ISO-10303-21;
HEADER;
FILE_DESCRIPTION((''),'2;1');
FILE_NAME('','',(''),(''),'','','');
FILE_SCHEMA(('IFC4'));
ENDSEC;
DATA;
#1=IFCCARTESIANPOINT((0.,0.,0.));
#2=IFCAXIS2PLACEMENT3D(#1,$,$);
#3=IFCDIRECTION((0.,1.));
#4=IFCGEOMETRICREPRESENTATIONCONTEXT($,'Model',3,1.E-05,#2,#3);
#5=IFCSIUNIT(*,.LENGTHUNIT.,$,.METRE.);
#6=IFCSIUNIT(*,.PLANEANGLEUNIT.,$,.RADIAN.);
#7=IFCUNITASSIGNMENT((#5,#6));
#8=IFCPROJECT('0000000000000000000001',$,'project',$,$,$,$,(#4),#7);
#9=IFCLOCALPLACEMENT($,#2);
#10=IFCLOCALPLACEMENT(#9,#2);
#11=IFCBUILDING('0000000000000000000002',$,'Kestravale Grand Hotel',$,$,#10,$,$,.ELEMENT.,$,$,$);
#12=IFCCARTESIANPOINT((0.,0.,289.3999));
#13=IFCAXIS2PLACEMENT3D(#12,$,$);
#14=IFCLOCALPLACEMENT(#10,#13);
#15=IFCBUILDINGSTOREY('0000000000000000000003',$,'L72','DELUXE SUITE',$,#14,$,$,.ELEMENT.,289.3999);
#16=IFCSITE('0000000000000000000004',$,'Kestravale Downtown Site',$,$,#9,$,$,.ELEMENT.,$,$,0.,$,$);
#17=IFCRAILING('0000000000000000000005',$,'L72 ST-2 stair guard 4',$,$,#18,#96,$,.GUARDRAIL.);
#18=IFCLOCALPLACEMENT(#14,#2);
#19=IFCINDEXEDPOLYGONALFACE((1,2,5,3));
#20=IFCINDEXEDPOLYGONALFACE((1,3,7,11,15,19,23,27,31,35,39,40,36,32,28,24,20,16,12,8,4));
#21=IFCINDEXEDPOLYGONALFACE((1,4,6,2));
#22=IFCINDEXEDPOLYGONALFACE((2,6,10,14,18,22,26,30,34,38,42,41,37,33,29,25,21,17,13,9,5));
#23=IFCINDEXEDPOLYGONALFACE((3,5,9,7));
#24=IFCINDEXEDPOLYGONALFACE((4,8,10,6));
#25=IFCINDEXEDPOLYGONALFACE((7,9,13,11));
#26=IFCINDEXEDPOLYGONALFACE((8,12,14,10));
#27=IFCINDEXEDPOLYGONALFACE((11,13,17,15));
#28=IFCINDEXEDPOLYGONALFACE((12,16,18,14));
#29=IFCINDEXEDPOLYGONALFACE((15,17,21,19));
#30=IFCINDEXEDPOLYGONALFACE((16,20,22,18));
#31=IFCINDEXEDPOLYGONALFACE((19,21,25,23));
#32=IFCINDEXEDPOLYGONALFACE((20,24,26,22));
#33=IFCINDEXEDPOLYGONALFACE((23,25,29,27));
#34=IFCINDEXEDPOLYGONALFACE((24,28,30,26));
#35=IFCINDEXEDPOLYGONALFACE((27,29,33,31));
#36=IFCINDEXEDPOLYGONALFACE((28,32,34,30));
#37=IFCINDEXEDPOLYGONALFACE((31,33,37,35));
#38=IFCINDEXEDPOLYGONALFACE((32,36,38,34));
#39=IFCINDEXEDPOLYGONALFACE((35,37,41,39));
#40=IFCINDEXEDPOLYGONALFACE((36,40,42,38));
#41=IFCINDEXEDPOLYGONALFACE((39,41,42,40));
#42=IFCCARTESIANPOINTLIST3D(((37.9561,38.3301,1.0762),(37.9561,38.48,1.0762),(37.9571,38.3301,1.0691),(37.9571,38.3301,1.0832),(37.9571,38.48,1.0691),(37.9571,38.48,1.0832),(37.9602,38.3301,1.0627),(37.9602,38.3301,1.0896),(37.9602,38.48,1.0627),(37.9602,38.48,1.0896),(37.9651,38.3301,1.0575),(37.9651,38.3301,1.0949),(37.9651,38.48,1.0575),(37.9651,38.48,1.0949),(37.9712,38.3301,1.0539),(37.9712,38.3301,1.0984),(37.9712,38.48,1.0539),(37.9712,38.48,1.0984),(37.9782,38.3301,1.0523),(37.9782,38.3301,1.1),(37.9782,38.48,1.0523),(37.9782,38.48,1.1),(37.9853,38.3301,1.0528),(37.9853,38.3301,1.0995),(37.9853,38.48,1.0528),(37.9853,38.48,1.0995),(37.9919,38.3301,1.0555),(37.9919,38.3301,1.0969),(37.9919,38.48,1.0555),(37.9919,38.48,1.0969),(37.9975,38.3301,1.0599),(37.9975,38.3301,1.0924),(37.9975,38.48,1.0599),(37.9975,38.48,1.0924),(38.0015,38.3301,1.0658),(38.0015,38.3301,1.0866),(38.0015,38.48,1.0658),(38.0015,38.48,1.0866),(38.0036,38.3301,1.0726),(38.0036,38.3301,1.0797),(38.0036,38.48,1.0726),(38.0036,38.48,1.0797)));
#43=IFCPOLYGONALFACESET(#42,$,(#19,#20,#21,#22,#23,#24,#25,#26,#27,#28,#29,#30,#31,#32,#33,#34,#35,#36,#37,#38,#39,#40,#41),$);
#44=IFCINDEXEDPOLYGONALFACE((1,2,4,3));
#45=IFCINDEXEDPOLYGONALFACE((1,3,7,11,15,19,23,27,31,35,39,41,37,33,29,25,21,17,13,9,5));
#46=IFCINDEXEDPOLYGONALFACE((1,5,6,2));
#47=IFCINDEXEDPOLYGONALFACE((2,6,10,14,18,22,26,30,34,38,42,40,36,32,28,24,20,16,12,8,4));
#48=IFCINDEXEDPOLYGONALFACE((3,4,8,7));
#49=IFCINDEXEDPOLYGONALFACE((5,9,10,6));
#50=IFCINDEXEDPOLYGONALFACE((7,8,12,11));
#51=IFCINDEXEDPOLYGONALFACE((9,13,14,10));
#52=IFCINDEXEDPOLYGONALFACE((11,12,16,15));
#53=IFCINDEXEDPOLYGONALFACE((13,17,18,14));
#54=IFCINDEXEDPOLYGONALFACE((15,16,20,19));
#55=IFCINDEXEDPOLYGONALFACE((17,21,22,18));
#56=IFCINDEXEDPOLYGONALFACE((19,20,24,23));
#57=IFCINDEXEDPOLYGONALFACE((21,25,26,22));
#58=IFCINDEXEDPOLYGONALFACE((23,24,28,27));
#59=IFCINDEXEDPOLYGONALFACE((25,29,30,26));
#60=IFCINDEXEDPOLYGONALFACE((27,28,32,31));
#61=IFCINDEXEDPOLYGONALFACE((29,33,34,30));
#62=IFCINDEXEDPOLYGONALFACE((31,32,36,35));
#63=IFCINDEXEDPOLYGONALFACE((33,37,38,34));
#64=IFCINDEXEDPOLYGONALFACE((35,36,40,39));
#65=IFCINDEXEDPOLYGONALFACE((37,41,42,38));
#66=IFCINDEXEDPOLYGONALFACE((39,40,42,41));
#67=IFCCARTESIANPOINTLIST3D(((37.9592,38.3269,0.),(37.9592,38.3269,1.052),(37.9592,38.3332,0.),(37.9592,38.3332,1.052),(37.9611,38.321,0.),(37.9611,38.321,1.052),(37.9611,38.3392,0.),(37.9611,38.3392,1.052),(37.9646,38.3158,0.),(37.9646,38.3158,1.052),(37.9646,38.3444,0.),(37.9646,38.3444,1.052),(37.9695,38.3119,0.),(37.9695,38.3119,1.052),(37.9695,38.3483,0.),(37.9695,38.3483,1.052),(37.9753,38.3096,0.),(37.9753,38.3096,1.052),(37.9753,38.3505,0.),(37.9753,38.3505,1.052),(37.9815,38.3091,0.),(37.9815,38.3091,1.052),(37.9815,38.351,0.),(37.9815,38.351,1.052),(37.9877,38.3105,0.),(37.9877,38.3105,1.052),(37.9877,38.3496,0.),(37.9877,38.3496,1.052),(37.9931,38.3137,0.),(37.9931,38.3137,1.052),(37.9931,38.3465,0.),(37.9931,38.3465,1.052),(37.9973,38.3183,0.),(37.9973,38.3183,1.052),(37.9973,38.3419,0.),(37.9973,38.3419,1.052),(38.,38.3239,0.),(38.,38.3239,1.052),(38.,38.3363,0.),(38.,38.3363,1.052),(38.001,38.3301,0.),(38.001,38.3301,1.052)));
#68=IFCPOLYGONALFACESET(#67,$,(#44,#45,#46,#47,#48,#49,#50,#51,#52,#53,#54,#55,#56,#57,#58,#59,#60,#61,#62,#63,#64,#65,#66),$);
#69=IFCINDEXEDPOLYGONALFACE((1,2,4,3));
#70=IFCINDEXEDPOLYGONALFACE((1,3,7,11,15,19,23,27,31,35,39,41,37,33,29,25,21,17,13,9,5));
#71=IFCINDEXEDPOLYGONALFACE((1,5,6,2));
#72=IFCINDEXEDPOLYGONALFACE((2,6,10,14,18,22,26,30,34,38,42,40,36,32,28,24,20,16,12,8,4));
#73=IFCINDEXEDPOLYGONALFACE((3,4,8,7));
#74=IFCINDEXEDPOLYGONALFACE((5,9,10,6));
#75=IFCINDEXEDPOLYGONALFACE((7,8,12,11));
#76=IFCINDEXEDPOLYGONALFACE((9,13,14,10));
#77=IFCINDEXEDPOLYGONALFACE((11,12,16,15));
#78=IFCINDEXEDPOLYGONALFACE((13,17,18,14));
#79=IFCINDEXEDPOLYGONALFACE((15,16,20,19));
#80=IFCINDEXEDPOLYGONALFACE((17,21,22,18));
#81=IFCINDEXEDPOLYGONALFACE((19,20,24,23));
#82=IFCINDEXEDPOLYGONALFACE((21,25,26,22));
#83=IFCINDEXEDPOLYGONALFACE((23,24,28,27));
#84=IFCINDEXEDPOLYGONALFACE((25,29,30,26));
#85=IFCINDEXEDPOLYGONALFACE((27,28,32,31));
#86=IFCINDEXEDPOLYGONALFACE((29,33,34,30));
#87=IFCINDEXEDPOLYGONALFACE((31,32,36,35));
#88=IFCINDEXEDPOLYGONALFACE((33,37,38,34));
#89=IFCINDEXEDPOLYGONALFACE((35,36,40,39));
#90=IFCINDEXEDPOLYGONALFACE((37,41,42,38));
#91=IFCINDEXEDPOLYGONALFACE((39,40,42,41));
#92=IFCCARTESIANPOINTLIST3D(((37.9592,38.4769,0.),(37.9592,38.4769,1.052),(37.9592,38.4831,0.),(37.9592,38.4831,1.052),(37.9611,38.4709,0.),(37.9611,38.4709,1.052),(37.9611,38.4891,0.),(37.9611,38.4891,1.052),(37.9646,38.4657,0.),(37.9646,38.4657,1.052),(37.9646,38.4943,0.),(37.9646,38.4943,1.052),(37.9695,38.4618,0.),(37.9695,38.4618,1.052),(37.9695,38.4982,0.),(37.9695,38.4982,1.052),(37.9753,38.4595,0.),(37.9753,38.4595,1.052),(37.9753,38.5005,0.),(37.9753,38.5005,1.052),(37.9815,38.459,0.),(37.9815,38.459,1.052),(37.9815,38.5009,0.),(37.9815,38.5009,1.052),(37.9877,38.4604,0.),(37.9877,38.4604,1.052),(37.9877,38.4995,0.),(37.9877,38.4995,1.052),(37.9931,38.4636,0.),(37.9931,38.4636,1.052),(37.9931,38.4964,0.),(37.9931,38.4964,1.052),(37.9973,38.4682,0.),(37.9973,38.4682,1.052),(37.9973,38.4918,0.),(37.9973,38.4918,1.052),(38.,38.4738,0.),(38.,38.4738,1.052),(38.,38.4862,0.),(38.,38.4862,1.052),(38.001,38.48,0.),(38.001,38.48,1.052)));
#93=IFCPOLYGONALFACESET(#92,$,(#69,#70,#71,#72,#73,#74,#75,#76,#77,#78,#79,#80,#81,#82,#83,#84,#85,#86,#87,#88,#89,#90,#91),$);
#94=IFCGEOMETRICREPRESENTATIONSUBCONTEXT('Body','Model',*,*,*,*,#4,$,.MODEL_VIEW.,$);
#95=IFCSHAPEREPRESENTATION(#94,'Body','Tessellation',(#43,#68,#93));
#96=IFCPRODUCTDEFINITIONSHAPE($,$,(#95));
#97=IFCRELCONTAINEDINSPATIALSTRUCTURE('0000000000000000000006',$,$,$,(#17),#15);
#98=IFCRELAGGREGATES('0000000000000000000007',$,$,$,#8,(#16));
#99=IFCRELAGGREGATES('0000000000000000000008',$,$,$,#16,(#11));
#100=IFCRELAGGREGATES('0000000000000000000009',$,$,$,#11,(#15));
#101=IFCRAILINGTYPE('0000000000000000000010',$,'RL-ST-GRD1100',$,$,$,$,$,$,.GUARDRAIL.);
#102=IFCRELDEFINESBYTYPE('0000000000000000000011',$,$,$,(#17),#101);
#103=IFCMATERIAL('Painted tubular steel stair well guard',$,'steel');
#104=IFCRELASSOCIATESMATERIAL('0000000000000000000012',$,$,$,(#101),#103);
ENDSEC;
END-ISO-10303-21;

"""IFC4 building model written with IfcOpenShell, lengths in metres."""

from ifc_helpers import new_model, si_unit, direction, frame, origin, origin_2d, place, context, subcontext, project, spatial, circle, extrude, material, type_object, element, save


model = new_model("IFC4")

# Units and contexts
model_context = context("Model", 3, precision=1e-05, world=origin(), true_north=direction((0.0, 1.0)))
body_context = subcontext(model_context, "Body", "Model", "MODEL_VIEW")
ifc_project = project(units=[si_unit("LENGTHUNIT", "METRE"), si_unit("PLANEANGLEUNIT", "RADIAN")], contexts=[model_context])

# Site, building, storey
site_placement = place(None, origin())
site = spatial("IfcSite", under=ifc_project, at=site_placement, Name="Kestravale Downtown Site", CompositionType="ELEMENT", RefElevation=0.0)
building_placement = place(site_placement, origin())
building = spatial("IfcBuilding", under=site, at=building_placement, Name="Kestravale Grand Hotel", CompositionType="ELEMENT")
storey_placement = place(building_placement, frame((0.0, 0.0, 289.3999)))
storey = spatial("IfcBuildingStorey", under=building, at=storey_placement, Name="L72", Description="DELUXE SUITE", CompositionType="ELEMENT", Elevation=289.3999)

# Railing
ifc_material_1 = material(Name="Painted tubular steel stair well guard", Category="steel")
railing_type_1 = type_object("IfcRailingType", Name="RL-ST-GRD1100", PredefinedType="GUARDRAIL", material=ifc_material_1)
railing_1_placement = place(storey_placement, frame((37.98, 38.3301, 0.0)))
element("IfcRailing", 1, at=railing_1_placement, inside=storey, type_object=railing_type_1, Name="L72 ST-2 stair guard 4", PredefinedType="GUARDRAIL", context=body_context, shape_type="SweptSolid", body=[
    extrude(circle(Radius=0.0239, at=origin_2d()), frame((0.0, 0.0, 1.0762), z_axis=(0.0, 1.0, 0.0), x_axis=(-1.0, 0.0, 0.0)), (0.0, 0.0, 1.0), 0.1499),
    extrude(circle(Radius=0.021, at=origin_2d()), origin(), (0.0, 0.0, 1.0), 1.052),
    extrude(circle(Radius=0.021, at=origin_2d()), frame((0.0, 0.1499, 0.0)), (0.0, 0.0, 1.0), 1.052),
])

save(model, "model.ifc")
